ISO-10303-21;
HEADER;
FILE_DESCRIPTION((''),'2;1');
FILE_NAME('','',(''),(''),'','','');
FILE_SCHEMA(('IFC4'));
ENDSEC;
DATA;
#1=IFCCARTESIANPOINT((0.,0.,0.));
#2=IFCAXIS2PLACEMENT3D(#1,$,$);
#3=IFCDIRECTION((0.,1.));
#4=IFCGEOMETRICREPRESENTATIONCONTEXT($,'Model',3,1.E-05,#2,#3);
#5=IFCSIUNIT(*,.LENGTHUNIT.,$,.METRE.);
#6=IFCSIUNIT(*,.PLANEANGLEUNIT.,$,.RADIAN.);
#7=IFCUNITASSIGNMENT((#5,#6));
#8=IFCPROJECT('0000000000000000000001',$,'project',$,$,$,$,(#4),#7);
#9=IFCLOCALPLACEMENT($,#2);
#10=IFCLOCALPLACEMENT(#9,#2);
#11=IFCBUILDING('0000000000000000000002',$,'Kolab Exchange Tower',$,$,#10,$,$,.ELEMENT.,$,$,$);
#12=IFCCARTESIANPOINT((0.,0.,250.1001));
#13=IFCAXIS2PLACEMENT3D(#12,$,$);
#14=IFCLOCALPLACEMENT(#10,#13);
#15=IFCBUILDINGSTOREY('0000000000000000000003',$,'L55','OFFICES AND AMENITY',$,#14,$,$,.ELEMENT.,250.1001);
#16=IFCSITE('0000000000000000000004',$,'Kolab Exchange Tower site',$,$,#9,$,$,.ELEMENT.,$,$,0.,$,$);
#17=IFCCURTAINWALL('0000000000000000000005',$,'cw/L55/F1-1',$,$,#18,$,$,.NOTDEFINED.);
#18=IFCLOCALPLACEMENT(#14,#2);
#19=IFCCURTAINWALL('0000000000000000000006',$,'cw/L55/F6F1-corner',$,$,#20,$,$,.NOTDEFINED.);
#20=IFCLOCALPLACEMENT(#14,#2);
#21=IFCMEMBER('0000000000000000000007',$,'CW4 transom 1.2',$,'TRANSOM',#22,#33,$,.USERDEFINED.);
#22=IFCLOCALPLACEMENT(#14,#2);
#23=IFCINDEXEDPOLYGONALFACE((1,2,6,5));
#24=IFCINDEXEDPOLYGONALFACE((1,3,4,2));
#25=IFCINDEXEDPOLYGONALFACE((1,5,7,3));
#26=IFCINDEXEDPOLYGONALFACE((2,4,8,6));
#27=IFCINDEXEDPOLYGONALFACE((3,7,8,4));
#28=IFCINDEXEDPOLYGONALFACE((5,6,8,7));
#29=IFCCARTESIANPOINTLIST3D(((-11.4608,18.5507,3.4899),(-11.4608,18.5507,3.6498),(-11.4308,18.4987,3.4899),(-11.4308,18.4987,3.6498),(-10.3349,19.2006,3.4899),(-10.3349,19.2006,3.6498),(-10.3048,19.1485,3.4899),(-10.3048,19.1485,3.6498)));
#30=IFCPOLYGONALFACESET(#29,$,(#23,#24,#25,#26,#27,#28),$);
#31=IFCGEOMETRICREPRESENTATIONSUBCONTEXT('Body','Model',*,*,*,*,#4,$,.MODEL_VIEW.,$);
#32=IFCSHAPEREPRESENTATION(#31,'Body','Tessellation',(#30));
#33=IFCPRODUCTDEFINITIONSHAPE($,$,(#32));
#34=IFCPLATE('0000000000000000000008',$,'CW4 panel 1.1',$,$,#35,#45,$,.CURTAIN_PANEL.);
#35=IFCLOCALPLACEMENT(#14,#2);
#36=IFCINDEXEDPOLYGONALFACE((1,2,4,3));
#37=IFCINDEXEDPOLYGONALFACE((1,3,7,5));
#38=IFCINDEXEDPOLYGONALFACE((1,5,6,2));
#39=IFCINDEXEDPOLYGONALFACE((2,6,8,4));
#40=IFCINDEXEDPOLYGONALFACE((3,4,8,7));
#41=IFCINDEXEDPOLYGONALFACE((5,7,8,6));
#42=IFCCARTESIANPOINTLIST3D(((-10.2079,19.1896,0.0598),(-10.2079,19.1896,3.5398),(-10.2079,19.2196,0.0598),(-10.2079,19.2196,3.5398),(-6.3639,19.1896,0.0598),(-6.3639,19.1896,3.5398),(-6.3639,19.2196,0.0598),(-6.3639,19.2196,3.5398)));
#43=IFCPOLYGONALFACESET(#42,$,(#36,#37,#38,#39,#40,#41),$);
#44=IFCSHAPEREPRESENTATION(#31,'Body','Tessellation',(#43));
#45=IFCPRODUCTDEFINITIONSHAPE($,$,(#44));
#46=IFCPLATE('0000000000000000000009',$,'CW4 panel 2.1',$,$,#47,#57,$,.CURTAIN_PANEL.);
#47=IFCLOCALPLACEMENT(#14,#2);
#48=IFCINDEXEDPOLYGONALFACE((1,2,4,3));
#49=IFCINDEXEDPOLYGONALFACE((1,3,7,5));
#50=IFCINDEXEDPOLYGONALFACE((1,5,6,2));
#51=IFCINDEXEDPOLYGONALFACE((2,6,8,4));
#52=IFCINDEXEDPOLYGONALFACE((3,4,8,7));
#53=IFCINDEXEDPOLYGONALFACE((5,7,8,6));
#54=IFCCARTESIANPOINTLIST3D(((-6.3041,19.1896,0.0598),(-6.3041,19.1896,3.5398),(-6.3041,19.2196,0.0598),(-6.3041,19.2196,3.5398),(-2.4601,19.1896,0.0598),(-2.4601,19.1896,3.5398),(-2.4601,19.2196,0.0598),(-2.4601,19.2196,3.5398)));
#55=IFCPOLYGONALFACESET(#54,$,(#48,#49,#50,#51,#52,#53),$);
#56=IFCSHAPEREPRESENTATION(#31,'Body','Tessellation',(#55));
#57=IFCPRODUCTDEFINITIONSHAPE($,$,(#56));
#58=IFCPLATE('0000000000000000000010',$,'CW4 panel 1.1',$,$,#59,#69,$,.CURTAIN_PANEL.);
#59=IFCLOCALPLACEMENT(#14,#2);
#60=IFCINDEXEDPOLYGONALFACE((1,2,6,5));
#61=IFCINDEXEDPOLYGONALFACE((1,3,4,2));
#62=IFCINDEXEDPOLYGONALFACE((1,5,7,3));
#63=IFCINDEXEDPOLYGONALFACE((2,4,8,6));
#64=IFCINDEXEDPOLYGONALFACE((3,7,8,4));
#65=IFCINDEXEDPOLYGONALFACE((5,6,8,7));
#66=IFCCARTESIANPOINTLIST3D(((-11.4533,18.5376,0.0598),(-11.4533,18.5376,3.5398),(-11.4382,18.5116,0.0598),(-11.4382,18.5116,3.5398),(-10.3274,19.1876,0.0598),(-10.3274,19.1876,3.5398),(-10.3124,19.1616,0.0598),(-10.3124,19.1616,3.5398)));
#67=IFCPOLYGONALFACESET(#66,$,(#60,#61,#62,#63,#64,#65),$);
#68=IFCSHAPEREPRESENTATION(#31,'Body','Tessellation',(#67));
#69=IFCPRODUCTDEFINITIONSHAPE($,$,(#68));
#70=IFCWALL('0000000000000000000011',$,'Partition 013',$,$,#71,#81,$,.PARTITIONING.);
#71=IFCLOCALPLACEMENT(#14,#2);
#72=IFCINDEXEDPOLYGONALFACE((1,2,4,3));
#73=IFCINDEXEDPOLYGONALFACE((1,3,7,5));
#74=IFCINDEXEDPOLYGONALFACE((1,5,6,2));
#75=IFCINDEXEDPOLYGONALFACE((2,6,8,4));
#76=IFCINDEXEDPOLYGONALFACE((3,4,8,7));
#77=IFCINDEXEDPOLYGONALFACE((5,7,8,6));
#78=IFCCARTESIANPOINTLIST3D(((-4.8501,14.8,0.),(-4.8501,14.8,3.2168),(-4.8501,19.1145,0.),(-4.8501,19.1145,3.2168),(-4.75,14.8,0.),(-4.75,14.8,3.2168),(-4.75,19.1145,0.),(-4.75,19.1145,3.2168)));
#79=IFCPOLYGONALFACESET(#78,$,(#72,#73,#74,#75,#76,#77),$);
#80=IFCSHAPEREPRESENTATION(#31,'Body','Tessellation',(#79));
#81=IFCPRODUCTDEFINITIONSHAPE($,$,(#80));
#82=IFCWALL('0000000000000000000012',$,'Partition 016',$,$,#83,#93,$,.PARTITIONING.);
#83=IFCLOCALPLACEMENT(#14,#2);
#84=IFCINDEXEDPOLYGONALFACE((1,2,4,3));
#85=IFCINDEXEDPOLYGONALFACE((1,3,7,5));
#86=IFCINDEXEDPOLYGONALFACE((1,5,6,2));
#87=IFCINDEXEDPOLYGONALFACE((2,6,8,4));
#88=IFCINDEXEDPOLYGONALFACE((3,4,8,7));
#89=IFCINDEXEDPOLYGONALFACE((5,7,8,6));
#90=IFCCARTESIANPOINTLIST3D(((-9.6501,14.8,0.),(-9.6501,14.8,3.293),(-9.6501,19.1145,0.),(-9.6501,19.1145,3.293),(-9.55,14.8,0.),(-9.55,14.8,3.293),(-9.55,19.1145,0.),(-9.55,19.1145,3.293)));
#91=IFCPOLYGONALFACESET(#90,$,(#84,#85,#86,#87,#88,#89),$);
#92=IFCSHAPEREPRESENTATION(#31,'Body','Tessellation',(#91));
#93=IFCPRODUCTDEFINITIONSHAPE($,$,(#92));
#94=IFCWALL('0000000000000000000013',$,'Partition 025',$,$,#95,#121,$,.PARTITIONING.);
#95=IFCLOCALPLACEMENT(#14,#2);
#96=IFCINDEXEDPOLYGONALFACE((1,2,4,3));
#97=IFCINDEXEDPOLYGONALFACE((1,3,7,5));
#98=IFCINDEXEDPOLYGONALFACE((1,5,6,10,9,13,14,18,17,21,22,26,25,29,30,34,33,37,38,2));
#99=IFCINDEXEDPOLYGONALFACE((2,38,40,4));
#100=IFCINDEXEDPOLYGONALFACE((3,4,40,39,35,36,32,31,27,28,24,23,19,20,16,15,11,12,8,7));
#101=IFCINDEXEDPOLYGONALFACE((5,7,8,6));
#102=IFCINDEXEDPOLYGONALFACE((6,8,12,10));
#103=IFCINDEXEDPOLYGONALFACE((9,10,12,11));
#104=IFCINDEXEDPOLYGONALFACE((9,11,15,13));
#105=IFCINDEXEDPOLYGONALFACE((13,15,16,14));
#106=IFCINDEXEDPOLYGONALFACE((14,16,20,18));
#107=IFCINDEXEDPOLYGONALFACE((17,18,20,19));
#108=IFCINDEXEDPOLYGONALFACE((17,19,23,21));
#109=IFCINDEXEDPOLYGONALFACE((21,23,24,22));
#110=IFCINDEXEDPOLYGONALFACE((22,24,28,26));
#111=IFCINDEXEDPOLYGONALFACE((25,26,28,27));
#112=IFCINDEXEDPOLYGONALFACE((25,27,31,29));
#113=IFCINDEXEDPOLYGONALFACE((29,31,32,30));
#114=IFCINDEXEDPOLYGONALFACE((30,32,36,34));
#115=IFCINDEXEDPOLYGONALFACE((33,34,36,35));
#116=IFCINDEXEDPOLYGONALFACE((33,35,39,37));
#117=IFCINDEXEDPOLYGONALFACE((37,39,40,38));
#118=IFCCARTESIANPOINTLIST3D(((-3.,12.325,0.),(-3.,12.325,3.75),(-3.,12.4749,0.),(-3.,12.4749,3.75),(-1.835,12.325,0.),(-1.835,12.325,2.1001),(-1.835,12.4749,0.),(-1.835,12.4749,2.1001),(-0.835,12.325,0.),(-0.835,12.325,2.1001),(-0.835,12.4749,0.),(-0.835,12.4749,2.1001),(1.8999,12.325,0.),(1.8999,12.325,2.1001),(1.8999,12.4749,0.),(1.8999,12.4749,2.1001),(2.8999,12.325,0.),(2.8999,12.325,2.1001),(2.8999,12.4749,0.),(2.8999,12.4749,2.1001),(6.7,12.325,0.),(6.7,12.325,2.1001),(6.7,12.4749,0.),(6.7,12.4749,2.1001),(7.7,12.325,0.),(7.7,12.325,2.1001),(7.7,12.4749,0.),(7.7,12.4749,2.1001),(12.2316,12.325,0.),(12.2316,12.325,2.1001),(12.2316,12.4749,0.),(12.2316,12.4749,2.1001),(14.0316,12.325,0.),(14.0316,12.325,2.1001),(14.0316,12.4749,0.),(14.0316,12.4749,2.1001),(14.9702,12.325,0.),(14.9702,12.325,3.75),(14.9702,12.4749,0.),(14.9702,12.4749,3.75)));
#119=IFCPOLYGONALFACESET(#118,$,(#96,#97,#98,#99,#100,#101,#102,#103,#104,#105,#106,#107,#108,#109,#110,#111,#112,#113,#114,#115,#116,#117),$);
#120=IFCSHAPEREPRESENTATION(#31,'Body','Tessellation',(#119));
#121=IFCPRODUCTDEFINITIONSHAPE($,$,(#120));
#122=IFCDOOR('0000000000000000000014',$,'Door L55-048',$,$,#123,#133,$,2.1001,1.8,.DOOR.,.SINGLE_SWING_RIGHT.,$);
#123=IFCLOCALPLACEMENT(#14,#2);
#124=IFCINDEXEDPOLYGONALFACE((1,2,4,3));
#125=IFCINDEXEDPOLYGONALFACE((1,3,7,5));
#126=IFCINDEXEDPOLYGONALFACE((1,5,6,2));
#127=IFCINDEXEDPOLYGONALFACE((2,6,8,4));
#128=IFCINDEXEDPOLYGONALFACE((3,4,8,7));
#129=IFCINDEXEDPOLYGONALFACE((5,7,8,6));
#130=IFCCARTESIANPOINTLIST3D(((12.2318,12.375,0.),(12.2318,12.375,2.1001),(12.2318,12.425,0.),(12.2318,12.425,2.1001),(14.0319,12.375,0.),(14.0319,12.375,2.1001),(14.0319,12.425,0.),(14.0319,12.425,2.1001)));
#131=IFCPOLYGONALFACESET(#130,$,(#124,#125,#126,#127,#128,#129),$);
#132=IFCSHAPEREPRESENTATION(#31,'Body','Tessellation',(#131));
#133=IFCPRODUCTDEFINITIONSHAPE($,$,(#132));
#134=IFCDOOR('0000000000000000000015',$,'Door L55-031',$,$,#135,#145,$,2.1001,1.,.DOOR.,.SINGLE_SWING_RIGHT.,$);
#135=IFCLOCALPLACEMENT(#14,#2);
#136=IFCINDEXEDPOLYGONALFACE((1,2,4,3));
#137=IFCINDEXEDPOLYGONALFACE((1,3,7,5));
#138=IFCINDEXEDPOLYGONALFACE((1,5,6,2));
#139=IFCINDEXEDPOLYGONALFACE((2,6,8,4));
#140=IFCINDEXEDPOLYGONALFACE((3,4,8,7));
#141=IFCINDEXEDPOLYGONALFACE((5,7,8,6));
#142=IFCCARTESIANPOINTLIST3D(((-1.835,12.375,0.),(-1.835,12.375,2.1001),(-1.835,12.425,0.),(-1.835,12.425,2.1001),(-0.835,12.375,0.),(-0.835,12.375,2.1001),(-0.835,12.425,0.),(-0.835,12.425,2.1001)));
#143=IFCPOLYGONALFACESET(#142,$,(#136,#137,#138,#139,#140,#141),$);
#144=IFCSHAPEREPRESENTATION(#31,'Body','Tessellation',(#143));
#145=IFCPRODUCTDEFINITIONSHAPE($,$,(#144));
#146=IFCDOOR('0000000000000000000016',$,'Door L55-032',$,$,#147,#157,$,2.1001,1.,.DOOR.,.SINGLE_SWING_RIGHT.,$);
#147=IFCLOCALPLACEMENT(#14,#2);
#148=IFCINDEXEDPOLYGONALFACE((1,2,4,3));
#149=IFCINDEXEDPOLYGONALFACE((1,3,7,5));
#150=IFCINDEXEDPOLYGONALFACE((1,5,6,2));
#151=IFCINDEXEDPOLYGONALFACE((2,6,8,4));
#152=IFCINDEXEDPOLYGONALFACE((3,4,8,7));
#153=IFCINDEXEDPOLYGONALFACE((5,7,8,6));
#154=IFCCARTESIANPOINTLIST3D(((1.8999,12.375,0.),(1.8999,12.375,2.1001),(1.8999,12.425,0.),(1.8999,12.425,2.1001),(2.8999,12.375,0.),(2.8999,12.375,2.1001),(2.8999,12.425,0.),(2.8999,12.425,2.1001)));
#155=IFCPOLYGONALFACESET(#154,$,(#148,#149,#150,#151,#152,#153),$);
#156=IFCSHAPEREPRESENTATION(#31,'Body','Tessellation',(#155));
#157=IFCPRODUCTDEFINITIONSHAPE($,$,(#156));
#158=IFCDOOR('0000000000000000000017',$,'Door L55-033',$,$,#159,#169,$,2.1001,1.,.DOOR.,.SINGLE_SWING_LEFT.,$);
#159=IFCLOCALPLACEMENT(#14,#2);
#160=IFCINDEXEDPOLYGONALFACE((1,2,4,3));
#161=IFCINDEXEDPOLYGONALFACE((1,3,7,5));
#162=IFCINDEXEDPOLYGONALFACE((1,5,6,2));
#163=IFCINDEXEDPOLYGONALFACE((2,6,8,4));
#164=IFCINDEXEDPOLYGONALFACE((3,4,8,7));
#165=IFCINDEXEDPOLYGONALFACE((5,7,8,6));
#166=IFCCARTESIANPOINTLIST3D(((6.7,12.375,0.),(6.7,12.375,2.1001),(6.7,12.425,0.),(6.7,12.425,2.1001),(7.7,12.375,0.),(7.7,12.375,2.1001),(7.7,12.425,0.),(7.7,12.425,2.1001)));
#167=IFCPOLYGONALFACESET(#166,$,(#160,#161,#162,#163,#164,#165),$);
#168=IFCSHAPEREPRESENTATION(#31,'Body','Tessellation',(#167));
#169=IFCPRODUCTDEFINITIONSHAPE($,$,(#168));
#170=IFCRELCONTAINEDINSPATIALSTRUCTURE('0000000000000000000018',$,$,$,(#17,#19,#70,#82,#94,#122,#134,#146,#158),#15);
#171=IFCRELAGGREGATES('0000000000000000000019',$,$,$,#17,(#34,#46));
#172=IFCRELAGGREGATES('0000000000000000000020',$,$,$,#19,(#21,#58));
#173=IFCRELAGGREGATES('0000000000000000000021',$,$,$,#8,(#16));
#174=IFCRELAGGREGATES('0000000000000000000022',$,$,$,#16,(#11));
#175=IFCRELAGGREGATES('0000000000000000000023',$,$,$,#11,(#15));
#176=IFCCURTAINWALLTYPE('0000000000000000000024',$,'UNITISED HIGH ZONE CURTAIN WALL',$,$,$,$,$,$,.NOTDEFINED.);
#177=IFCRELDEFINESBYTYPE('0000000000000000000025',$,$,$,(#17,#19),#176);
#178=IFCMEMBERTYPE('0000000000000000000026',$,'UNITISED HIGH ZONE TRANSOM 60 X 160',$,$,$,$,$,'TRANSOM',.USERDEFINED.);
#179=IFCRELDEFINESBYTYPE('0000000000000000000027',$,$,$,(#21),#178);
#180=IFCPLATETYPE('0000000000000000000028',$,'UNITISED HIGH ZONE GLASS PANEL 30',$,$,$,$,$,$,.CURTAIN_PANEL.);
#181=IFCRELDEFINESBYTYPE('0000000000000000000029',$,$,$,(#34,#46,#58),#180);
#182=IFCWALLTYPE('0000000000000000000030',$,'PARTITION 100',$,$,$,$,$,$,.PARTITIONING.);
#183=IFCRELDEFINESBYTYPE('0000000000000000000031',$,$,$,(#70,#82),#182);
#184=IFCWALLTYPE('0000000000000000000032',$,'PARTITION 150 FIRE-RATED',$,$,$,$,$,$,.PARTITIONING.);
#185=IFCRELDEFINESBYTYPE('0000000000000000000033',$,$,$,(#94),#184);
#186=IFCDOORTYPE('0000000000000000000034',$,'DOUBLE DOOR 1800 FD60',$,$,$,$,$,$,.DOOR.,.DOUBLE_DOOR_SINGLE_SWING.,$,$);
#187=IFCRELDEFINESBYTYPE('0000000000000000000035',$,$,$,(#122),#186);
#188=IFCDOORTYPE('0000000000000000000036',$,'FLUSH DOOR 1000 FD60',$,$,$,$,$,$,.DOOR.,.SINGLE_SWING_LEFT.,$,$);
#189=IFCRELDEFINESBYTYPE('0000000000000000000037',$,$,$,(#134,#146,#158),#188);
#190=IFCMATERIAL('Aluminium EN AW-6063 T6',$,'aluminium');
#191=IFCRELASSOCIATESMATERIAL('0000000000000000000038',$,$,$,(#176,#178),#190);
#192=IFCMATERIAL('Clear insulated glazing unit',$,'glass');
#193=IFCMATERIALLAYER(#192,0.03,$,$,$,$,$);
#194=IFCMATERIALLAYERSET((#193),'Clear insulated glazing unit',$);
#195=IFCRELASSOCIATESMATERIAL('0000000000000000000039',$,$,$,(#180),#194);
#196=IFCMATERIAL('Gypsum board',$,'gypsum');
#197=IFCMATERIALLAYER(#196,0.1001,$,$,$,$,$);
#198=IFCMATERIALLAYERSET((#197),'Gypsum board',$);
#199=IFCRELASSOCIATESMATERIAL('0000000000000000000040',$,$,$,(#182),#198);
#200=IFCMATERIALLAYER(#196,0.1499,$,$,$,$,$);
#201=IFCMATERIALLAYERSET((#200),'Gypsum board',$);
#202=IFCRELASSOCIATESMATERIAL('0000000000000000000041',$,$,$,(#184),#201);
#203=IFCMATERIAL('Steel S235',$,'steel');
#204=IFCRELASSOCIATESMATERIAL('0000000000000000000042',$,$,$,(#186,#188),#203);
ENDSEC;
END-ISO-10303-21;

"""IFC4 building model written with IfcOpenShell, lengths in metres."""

from ifc_helpers import new_model, si_unit, direction, frame, frame_2d, origin, origin_2d, place, context, subcontext, project, spatial, rectangle, extrude, material, layer, layer_set, material_profile, profile_set, type_object, element, fill, aggregate, save


model = new_model("IFC4")

# Units and contexts
model_context = context("Model", 3, precision=1e-05, world=origin(), true_north=direction((0.0, 1.0)))
body_context = subcontext(model_context, "Body", "Model", "MODEL_VIEW")
ifc_project = project(units=[si_unit("LENGTHUNIT", "METRE"), si_unit("PLANEANGLEUNIT", "RADIAN")], contexts=[model_context])

# Site, building, storey
site_placement = place(None, origin())
site = spatial("IfcSite", under=ifc_project, at=site_placement, Name="Kolab Exchange Tower site", CompositionType="ELEMENT", RefElevation=0.0)
building_placement = place(site_placement, origin())
building = spatial("IfcBuilding", under=site, at=building_placement, Name="Kolab Exchange Tower", CompositionType="ELEMENT")
storey_placement = place(building_placement, frame((0.0, 0.0, 250.1001)))
storey = spatial("IfcBuildingStorey", under=building, at=storey_placement, Name="L55", Description="OFFICES AND AMENITY", CompositionType="ELEMENT", Elevation=250.1001)

# Curtain wall
ifc_material_1 = material(Name="Aluminium EN AW-6063 T6", Category="aluminium")
curtain_wall_type = type_object("IfcCurtainWallType", Name="UNITISED HIGH ZONE CURTAIN WALL", PredefinedType="NOTDEFINED", material=ifc_material_1)
curtain_wall_1_placement = place(storey_placement, origin())
curtain_wall_1 = element("IfcCurtainWall", 1, at=curtain_wall_1_placement, inside=storey, type_object=curtain_wall_type, Name="cw/L55/F1-1", PredefinedType="NOTDEFINED")

# Curtain wall
curtain_wall_2_placement = place(storey_placement, origin())
curtain_wall_2 = element("IfcCurtainWall", 2, at=curtain_wall_2_placement, inside=storey, type_object=curtain_wall_type, Name="cw/L55/F6F1-corner", PredefinedType="NOTDEFINED")

# Member
ifc_material_profile_1 = material_profile(ifc_material_1, rectangle(XDim=0.0601, YDim=0.1599, at=origin_2d()), Name="RECT 60X160")
ifc_profile_set_1 = profile_set([ifc_material_profile_1], Name="Aluminium EN AW-6063 T6")
member_type_1 = type_object("IfcMemberType", Name="UNITISED HIGH ZONE TRANSOM 60 X 160", ElementType="TRANSOM", PredefinedType="USERDEFINED", material=ifc_profile_set_1)
member_1_placement = place(storey_placement, frame((-11.4458, 18.5247, 3.5698), z_axis=(0.866086, 0.499896, 0.0), x_axis=(-0.499896, 0.866086, 0.0)))
member_1 = element("IfcMember", 3, at=member_1_placement, type_object=member_type_1, Name="CW4 transom 1.2", ObjectType="TRANSOM", PredefinedType="USERDEFINED", context=body_context, shape_type="SweptSolid", body=[
    extrude(rectangle(XDim=0.0601, YDim=0.1599, at=origin_2d()), origin(), (0.0, 0.0, 1.0), 1.3),
])

# Plates
ifc_material_2 = material(Name="Clear insulated glazing unit", Category="glass")
ifc_layer_1 = layer(ifc_material_2, 0.03)
ifc_layer_set_1 = layer_set([ifc_layer_1], Name="Clear insulated glazing unit")
plate_type = type_object("IfcPlateType", Name="UNITISED HIGH ZONE GLASS PANEL 30", PredefinedType="CURTAIN_PANEL", material=ifc_layer_set_1)
plate_1_placement = place(storey_placement, frame((-8.2859, 19.2046, 0.0598), z_axis=(0.0, 0.0, 1.0), x_axis=(1.0, 0.0, 0.0)))
plate_1 = element("IfcPlate", 4, at=plate_1_placement, type_object=plate_type, Name="CW4 panel 1.1", PredefinedType="CURTAIN_PANEL", context=body_context, shape_type="SweptSolid", body=[
    extrude(rectangle(XDim=3.844, YDim=0.03, at=origin_2d()), origin(), (0.0, 0.0, 1.0), 3.48),
])
plate_2_placement = place(storey_placement, frame((-4.3821, 19.2046, 0.0598), z_axis=(0.0, 0.0, 1.0), x_axis=(1.0, 0.0, 0.0)))
plate_2 = element("IfcPlate", 5, at=plate_2_placement, type_object=plate_type, Name="CW4 panel 2.1", PredefinedType="CURTAIN_PANEL", context=body_context, shape_type="SweptSolid", body=[
    extrude(rectangle(XDim=3.844, YDim=0.03, at=origin_2d()), origin(), (0.0, 0.0, 1.0), 3.48),
])
aggregate(curtain_wall_1, [plate_1, plate_2])
plate_3_placement = place(storey_placement, frame((-10.8828, 18.8496, 0.0598), z_axis=(0.0, 0.0, 1.0), x_axis=(0.866025, 0.5, 0.0)))
plate_3 = element("IfcPlate", 6, at=plate_3_placement, type_object=plate_type, Name="CW4 panel 1.1", PredefinedType="CURTAIN_PANEL", context=body_context, shape_type="SweptSolid", body=[
    extrude(rectangle(XDim=1.3, YDim=0.03, at=origin_2d()), origin(), (0.0, 0.0, 1.0), 3.48),
])
aggregate(curtain_wall_2, [member_1, plate_3])

# Walls
ifc_material_3 = material(Name="Gypsum board", Category="gypsum")
ifc_layer_2 = layer(ifc_material_3, 0.1001)
ifc_layer_set_2 = layer_set([ifc_layer_2], Name="Gypsum board")
wall_type_1 = type_object("IfcWallType", Name="PARTITION 100", PredefinedType="PARTITIONING", material=ifc_layer_set_2)
wall_1_placement = place(storey_placement, frame((-4.8, 14.8, 0.0), z_axis=(0.0, 0.0, 1.0), x_axis=(0.0, 1.0, 0.0)))
element("IfcWall", 7, at=wall_1_placement, inside=storey, type_object=wall_type_1, Name="Partition 013", PredefinedType="PARTITIONING", context=body_context, shape_type="SweptSolid", body=[
    extrude(rectangle(XDim=4.3145, YDim=0.1001, at=frame_2d((2.1572, 0.0))), origin(), (0.0, 0.0, 1.0), 3.2168),
])
wall_2_placement = place(storey_placement, frame((-9.6001, 14.8, 0.0), z_axis=(0.0, 0.0, 1.0), x_axis=(0.0, 1.0, 0.0)))
element("IfcWall", 8, at=wall_2_placement, inside=storey, type_object=wall_type_1, Name="Partition 016", PredefinedType="PARTITIONING", context=body_context, shape_type="SweptSolid", body=[
    extrude(rectangle(XDim=4.3145, YDim=0.1001, at=frame_2d((2.1572, 0.0))), origin(), (0.0, 0.0, 1.0), 3.293),
])

# Wall, openings, doors
ifc_layer_3 = layer(ifc_material_3, 0.1499)
ifc_layer_set_3 = layer_set([ifc_layer_3], Name="Gypsum board")
wall_type_2 = type_object("IfcWallType", Name="PARTITION 150 FIRE-RATED", PredefinedType="PARTITIONING", material=ifc_layer_set_3)
wall_3_placement = place(storey_placement, frame((-3.0, 12.3999, 0.0), z_axis=(0.0, 0.0, 1.0), x_axis=(1.0, 0.0, 0.0)))
wall_3 = element("IfcWall", 9, at=wall_3_placement, inside=storey, type_object=wall_type_2, Name="Partition 025", PredefinedType="PARTITIONING", context=body_context, shape_type="SweptSolid", body=[
    extrude(rectangle(XDim=17.9702, YDim=0.1499, at=frame_2d((8.9851, 0.0))), origin(), (0.0, 0.0, 1.0), 3.75),
])
opening_1_placement = place(wall_3_placement, frame((1.165, 0.0, 0.0)))
opening_1 = element("IfcOpeningElement", 10, at=opening_1_placement, cuts=wall_3, PredefinedType="OPENING", context=body_context, shape_type="SweptSolid", body=[
    extrude(rectangle(XDim=1.0, YDim=2.1001, at=frame_2d((0.5, 1.05))), frame((0.0, 0.085, 0.0), z_axis=(0.0, -1.0, 0.0), x_axis=(1.0, 0.0, 0.0)), (0.0, 0.0, 1.0), 0.1699),
])
opening_2_placement = place(wall_3_placement, frame((4.8999, 0.0, 0.0)))
opening_2 = element("IfcOpeningElement", 11, at=opening_2_placement, cuts=wall_3, PredefinedType="OPENING", context=body_context, shape_type="SweptSolid", body=[
    extrude(rectangle(XDim=1.0, YDim=2.1001, at=frame_2d((0.5, 1.05))), frame((0.0, 0.085, 0.0), z_axis=(0.0, -1.0, 0.0), x_axis=(1.0, 0.0, 0.0)), (0.0, 0.0, 1.0), 0.1699),
])
opening_3_placement = place(wall_3_placement, frame((9.7, 0.0, 0.0)))
opening_3 = element("IfcOpeningElement", 12, at=opening_3_placement, cuts=wall_3, PredefinedType="OPENING", context=body_context, shape_type="SweptSolid", body=[
    extrude(rectangle(XDim=1.0, YDim=2.1001, at=frame_2d((0.5, 1.05))), frame((0.0, 0.085, 0.0), z_axis=(0.0, -1.0, 0.0), x_axis=(1.0, 0.0, 0.0)), (0.0, 0.0, 1.0), 0.1699),
])
opening_4_placement = place(wall_3_placement, frame((15.2317, 0.0, 0.0)))
opening_4 = element("IfcOpeningElement", 13, at=opening_4_placement, cuts=wall_3, PredefinedType="OPENING", context=body_context, shape_type="SweptSolid", body=[
    extrude(rectangle(XDim=1.8, YDim=2.1001, at=frame_2d((0.8999, 1.05))), frame((0.0, 0.085, 0.0), z_axis=(0.0, -1.0, 0.0), x_axis=(1.0, 0.0, 0.0)), (0.0, 0.0, 1.0), 0.1699),
])
ifc_material_4 = material(Name="Steel S235", Category="steel")
door_type_1 = type_object("IfcDoorType", Name="DOUBLE DOOR 1800 FD60", OperationType="DOUBLE_DOOR_SINGLE_SWING", PredefinedType="DOOR", material=ifc_material_4)
door_1_placement = place(opening_4_placement, frame((1.8, 0.0, 0.0), z_axis=(0.0, 0.0, 1.0), x_axis=(-1.0, 0.0, 0.0)))
door_1 = element("IfcDoor", 14, at=door_1_placement, inside=storey, type_object=door_type_1, Name="Door L55-048", OperationType="SINGLE_SWING_RIGHT", OverallHeight=2.1001, OverallWidth=1.8, PredefinedType="DOOR", context=body_context, shape_type="SweptSolid", body=[
    extrude(rectangle(XDim=1.8, YDim=2.1001, at=frame_2d((0.8999, 1.05))), frame((0.0, 0.0249, 0.0), z_axis=(0.0, -1.0, 0.0), x_axis=(1.0, 0.0, 0.0)), (0.0, 0.0, 1.0), 0.05),
])
fill(opening_4, door_1)
door_type_2 = type_object("IfcDoorType", Name="FLUSH DOOR 1000 FD60", OperationType="SINGLE_SWING_LEFT", PredefinedType="DOOR", material=ifc_material_4)
door_2_placement = place(opening_1_placement, frame((1.0, 0.0, 0.0), z_axis=(0.0, 0.0, 1.0), x_axis=(-1.0, 0.0, 0.0)))
door_2 = element("IfcDoor", 15, at=door_2_placement, inside=storey, type_object=door_type_2, Name="Door L55-031", OperationType="SINGLE_SWING_RIGHT", OverallHeight=2.1001, OverallWidth=1.0, PredefinedType="DOOR", context=body_context, shape_type="SweptSolid", body=[
    extrude(rectangle(XDim=1.0, YDim=2.1001, at=frame_2d((0.5, 1.05))), frame((0.0, 0.0249, 0.0), z_axis=(0.0, -1.0, 0.0), x_axis=(1.0, 0.0, 0.0)), (0.0, 0.0, 1.0), 0.05),
])
fill(opening_1, door_2)
door_3_placement = place(opening_2_placement, frame((1.0, 0.0, 0.0), z_axis=(0.0, 0.0, 1.0), x_axis=(-1.0, 0.0, 0.0)))
door_3 = element("IfcDoor", 16, at=door_3_placement, inside=storey, type_object=door_type_2, Name="Door L55-032", OperationType="SINGLE_SWING_RIGHT", OverallHeight=2.1001, OverallWidth=1.0, PredefinedType="DOOR", context=body_context, shape_type="SweptSolid", body=[
    extrude(rectangle(XDim=1.0, YDim=2.1001, at=frame_2d((0.5, 1.05))), frame((0.0, 0.0249, 0.0), z_axis=(0.0, -1.0, 0.0), x_axis=(1.0, 0.0, 0.0)), (0.0, 0.0, 1.0), 0.05),
])
fill(opening_2, door_3)
door_4_placement = place(opening_3_placement, frame((1.0, 0.0, 0.0), z_axis=(0.0, 0.0, 1.0), x_axis=(-1.0, 0.0, 0.0)))
door_4 = element("IfcDoor", 17, at=door_4_placement, inside=storey, type_object=door_type_2, Name="Door L55-033", OperationType="SINGLE_SWING_LEFT", OverallHeight=2.1001, OverallWidth=1.0, PredefinedType="DOOR", context=body_context, shape_type="SweptSolid", body=[
    extrude(rectangle(XDim=1.0, YDim=2.1001, at=frame_2d((0.5, 1.05))), frame((0.0, 0.0249, 0.0), z_axis=(0.0, -1.0, 0.0), x_axis=(1.0, 0.0, 0.0)), (0.0, 0.0, 1.0), 0.05),
])
fill(opening_3, door_4)

save(model, "model.ifc")
